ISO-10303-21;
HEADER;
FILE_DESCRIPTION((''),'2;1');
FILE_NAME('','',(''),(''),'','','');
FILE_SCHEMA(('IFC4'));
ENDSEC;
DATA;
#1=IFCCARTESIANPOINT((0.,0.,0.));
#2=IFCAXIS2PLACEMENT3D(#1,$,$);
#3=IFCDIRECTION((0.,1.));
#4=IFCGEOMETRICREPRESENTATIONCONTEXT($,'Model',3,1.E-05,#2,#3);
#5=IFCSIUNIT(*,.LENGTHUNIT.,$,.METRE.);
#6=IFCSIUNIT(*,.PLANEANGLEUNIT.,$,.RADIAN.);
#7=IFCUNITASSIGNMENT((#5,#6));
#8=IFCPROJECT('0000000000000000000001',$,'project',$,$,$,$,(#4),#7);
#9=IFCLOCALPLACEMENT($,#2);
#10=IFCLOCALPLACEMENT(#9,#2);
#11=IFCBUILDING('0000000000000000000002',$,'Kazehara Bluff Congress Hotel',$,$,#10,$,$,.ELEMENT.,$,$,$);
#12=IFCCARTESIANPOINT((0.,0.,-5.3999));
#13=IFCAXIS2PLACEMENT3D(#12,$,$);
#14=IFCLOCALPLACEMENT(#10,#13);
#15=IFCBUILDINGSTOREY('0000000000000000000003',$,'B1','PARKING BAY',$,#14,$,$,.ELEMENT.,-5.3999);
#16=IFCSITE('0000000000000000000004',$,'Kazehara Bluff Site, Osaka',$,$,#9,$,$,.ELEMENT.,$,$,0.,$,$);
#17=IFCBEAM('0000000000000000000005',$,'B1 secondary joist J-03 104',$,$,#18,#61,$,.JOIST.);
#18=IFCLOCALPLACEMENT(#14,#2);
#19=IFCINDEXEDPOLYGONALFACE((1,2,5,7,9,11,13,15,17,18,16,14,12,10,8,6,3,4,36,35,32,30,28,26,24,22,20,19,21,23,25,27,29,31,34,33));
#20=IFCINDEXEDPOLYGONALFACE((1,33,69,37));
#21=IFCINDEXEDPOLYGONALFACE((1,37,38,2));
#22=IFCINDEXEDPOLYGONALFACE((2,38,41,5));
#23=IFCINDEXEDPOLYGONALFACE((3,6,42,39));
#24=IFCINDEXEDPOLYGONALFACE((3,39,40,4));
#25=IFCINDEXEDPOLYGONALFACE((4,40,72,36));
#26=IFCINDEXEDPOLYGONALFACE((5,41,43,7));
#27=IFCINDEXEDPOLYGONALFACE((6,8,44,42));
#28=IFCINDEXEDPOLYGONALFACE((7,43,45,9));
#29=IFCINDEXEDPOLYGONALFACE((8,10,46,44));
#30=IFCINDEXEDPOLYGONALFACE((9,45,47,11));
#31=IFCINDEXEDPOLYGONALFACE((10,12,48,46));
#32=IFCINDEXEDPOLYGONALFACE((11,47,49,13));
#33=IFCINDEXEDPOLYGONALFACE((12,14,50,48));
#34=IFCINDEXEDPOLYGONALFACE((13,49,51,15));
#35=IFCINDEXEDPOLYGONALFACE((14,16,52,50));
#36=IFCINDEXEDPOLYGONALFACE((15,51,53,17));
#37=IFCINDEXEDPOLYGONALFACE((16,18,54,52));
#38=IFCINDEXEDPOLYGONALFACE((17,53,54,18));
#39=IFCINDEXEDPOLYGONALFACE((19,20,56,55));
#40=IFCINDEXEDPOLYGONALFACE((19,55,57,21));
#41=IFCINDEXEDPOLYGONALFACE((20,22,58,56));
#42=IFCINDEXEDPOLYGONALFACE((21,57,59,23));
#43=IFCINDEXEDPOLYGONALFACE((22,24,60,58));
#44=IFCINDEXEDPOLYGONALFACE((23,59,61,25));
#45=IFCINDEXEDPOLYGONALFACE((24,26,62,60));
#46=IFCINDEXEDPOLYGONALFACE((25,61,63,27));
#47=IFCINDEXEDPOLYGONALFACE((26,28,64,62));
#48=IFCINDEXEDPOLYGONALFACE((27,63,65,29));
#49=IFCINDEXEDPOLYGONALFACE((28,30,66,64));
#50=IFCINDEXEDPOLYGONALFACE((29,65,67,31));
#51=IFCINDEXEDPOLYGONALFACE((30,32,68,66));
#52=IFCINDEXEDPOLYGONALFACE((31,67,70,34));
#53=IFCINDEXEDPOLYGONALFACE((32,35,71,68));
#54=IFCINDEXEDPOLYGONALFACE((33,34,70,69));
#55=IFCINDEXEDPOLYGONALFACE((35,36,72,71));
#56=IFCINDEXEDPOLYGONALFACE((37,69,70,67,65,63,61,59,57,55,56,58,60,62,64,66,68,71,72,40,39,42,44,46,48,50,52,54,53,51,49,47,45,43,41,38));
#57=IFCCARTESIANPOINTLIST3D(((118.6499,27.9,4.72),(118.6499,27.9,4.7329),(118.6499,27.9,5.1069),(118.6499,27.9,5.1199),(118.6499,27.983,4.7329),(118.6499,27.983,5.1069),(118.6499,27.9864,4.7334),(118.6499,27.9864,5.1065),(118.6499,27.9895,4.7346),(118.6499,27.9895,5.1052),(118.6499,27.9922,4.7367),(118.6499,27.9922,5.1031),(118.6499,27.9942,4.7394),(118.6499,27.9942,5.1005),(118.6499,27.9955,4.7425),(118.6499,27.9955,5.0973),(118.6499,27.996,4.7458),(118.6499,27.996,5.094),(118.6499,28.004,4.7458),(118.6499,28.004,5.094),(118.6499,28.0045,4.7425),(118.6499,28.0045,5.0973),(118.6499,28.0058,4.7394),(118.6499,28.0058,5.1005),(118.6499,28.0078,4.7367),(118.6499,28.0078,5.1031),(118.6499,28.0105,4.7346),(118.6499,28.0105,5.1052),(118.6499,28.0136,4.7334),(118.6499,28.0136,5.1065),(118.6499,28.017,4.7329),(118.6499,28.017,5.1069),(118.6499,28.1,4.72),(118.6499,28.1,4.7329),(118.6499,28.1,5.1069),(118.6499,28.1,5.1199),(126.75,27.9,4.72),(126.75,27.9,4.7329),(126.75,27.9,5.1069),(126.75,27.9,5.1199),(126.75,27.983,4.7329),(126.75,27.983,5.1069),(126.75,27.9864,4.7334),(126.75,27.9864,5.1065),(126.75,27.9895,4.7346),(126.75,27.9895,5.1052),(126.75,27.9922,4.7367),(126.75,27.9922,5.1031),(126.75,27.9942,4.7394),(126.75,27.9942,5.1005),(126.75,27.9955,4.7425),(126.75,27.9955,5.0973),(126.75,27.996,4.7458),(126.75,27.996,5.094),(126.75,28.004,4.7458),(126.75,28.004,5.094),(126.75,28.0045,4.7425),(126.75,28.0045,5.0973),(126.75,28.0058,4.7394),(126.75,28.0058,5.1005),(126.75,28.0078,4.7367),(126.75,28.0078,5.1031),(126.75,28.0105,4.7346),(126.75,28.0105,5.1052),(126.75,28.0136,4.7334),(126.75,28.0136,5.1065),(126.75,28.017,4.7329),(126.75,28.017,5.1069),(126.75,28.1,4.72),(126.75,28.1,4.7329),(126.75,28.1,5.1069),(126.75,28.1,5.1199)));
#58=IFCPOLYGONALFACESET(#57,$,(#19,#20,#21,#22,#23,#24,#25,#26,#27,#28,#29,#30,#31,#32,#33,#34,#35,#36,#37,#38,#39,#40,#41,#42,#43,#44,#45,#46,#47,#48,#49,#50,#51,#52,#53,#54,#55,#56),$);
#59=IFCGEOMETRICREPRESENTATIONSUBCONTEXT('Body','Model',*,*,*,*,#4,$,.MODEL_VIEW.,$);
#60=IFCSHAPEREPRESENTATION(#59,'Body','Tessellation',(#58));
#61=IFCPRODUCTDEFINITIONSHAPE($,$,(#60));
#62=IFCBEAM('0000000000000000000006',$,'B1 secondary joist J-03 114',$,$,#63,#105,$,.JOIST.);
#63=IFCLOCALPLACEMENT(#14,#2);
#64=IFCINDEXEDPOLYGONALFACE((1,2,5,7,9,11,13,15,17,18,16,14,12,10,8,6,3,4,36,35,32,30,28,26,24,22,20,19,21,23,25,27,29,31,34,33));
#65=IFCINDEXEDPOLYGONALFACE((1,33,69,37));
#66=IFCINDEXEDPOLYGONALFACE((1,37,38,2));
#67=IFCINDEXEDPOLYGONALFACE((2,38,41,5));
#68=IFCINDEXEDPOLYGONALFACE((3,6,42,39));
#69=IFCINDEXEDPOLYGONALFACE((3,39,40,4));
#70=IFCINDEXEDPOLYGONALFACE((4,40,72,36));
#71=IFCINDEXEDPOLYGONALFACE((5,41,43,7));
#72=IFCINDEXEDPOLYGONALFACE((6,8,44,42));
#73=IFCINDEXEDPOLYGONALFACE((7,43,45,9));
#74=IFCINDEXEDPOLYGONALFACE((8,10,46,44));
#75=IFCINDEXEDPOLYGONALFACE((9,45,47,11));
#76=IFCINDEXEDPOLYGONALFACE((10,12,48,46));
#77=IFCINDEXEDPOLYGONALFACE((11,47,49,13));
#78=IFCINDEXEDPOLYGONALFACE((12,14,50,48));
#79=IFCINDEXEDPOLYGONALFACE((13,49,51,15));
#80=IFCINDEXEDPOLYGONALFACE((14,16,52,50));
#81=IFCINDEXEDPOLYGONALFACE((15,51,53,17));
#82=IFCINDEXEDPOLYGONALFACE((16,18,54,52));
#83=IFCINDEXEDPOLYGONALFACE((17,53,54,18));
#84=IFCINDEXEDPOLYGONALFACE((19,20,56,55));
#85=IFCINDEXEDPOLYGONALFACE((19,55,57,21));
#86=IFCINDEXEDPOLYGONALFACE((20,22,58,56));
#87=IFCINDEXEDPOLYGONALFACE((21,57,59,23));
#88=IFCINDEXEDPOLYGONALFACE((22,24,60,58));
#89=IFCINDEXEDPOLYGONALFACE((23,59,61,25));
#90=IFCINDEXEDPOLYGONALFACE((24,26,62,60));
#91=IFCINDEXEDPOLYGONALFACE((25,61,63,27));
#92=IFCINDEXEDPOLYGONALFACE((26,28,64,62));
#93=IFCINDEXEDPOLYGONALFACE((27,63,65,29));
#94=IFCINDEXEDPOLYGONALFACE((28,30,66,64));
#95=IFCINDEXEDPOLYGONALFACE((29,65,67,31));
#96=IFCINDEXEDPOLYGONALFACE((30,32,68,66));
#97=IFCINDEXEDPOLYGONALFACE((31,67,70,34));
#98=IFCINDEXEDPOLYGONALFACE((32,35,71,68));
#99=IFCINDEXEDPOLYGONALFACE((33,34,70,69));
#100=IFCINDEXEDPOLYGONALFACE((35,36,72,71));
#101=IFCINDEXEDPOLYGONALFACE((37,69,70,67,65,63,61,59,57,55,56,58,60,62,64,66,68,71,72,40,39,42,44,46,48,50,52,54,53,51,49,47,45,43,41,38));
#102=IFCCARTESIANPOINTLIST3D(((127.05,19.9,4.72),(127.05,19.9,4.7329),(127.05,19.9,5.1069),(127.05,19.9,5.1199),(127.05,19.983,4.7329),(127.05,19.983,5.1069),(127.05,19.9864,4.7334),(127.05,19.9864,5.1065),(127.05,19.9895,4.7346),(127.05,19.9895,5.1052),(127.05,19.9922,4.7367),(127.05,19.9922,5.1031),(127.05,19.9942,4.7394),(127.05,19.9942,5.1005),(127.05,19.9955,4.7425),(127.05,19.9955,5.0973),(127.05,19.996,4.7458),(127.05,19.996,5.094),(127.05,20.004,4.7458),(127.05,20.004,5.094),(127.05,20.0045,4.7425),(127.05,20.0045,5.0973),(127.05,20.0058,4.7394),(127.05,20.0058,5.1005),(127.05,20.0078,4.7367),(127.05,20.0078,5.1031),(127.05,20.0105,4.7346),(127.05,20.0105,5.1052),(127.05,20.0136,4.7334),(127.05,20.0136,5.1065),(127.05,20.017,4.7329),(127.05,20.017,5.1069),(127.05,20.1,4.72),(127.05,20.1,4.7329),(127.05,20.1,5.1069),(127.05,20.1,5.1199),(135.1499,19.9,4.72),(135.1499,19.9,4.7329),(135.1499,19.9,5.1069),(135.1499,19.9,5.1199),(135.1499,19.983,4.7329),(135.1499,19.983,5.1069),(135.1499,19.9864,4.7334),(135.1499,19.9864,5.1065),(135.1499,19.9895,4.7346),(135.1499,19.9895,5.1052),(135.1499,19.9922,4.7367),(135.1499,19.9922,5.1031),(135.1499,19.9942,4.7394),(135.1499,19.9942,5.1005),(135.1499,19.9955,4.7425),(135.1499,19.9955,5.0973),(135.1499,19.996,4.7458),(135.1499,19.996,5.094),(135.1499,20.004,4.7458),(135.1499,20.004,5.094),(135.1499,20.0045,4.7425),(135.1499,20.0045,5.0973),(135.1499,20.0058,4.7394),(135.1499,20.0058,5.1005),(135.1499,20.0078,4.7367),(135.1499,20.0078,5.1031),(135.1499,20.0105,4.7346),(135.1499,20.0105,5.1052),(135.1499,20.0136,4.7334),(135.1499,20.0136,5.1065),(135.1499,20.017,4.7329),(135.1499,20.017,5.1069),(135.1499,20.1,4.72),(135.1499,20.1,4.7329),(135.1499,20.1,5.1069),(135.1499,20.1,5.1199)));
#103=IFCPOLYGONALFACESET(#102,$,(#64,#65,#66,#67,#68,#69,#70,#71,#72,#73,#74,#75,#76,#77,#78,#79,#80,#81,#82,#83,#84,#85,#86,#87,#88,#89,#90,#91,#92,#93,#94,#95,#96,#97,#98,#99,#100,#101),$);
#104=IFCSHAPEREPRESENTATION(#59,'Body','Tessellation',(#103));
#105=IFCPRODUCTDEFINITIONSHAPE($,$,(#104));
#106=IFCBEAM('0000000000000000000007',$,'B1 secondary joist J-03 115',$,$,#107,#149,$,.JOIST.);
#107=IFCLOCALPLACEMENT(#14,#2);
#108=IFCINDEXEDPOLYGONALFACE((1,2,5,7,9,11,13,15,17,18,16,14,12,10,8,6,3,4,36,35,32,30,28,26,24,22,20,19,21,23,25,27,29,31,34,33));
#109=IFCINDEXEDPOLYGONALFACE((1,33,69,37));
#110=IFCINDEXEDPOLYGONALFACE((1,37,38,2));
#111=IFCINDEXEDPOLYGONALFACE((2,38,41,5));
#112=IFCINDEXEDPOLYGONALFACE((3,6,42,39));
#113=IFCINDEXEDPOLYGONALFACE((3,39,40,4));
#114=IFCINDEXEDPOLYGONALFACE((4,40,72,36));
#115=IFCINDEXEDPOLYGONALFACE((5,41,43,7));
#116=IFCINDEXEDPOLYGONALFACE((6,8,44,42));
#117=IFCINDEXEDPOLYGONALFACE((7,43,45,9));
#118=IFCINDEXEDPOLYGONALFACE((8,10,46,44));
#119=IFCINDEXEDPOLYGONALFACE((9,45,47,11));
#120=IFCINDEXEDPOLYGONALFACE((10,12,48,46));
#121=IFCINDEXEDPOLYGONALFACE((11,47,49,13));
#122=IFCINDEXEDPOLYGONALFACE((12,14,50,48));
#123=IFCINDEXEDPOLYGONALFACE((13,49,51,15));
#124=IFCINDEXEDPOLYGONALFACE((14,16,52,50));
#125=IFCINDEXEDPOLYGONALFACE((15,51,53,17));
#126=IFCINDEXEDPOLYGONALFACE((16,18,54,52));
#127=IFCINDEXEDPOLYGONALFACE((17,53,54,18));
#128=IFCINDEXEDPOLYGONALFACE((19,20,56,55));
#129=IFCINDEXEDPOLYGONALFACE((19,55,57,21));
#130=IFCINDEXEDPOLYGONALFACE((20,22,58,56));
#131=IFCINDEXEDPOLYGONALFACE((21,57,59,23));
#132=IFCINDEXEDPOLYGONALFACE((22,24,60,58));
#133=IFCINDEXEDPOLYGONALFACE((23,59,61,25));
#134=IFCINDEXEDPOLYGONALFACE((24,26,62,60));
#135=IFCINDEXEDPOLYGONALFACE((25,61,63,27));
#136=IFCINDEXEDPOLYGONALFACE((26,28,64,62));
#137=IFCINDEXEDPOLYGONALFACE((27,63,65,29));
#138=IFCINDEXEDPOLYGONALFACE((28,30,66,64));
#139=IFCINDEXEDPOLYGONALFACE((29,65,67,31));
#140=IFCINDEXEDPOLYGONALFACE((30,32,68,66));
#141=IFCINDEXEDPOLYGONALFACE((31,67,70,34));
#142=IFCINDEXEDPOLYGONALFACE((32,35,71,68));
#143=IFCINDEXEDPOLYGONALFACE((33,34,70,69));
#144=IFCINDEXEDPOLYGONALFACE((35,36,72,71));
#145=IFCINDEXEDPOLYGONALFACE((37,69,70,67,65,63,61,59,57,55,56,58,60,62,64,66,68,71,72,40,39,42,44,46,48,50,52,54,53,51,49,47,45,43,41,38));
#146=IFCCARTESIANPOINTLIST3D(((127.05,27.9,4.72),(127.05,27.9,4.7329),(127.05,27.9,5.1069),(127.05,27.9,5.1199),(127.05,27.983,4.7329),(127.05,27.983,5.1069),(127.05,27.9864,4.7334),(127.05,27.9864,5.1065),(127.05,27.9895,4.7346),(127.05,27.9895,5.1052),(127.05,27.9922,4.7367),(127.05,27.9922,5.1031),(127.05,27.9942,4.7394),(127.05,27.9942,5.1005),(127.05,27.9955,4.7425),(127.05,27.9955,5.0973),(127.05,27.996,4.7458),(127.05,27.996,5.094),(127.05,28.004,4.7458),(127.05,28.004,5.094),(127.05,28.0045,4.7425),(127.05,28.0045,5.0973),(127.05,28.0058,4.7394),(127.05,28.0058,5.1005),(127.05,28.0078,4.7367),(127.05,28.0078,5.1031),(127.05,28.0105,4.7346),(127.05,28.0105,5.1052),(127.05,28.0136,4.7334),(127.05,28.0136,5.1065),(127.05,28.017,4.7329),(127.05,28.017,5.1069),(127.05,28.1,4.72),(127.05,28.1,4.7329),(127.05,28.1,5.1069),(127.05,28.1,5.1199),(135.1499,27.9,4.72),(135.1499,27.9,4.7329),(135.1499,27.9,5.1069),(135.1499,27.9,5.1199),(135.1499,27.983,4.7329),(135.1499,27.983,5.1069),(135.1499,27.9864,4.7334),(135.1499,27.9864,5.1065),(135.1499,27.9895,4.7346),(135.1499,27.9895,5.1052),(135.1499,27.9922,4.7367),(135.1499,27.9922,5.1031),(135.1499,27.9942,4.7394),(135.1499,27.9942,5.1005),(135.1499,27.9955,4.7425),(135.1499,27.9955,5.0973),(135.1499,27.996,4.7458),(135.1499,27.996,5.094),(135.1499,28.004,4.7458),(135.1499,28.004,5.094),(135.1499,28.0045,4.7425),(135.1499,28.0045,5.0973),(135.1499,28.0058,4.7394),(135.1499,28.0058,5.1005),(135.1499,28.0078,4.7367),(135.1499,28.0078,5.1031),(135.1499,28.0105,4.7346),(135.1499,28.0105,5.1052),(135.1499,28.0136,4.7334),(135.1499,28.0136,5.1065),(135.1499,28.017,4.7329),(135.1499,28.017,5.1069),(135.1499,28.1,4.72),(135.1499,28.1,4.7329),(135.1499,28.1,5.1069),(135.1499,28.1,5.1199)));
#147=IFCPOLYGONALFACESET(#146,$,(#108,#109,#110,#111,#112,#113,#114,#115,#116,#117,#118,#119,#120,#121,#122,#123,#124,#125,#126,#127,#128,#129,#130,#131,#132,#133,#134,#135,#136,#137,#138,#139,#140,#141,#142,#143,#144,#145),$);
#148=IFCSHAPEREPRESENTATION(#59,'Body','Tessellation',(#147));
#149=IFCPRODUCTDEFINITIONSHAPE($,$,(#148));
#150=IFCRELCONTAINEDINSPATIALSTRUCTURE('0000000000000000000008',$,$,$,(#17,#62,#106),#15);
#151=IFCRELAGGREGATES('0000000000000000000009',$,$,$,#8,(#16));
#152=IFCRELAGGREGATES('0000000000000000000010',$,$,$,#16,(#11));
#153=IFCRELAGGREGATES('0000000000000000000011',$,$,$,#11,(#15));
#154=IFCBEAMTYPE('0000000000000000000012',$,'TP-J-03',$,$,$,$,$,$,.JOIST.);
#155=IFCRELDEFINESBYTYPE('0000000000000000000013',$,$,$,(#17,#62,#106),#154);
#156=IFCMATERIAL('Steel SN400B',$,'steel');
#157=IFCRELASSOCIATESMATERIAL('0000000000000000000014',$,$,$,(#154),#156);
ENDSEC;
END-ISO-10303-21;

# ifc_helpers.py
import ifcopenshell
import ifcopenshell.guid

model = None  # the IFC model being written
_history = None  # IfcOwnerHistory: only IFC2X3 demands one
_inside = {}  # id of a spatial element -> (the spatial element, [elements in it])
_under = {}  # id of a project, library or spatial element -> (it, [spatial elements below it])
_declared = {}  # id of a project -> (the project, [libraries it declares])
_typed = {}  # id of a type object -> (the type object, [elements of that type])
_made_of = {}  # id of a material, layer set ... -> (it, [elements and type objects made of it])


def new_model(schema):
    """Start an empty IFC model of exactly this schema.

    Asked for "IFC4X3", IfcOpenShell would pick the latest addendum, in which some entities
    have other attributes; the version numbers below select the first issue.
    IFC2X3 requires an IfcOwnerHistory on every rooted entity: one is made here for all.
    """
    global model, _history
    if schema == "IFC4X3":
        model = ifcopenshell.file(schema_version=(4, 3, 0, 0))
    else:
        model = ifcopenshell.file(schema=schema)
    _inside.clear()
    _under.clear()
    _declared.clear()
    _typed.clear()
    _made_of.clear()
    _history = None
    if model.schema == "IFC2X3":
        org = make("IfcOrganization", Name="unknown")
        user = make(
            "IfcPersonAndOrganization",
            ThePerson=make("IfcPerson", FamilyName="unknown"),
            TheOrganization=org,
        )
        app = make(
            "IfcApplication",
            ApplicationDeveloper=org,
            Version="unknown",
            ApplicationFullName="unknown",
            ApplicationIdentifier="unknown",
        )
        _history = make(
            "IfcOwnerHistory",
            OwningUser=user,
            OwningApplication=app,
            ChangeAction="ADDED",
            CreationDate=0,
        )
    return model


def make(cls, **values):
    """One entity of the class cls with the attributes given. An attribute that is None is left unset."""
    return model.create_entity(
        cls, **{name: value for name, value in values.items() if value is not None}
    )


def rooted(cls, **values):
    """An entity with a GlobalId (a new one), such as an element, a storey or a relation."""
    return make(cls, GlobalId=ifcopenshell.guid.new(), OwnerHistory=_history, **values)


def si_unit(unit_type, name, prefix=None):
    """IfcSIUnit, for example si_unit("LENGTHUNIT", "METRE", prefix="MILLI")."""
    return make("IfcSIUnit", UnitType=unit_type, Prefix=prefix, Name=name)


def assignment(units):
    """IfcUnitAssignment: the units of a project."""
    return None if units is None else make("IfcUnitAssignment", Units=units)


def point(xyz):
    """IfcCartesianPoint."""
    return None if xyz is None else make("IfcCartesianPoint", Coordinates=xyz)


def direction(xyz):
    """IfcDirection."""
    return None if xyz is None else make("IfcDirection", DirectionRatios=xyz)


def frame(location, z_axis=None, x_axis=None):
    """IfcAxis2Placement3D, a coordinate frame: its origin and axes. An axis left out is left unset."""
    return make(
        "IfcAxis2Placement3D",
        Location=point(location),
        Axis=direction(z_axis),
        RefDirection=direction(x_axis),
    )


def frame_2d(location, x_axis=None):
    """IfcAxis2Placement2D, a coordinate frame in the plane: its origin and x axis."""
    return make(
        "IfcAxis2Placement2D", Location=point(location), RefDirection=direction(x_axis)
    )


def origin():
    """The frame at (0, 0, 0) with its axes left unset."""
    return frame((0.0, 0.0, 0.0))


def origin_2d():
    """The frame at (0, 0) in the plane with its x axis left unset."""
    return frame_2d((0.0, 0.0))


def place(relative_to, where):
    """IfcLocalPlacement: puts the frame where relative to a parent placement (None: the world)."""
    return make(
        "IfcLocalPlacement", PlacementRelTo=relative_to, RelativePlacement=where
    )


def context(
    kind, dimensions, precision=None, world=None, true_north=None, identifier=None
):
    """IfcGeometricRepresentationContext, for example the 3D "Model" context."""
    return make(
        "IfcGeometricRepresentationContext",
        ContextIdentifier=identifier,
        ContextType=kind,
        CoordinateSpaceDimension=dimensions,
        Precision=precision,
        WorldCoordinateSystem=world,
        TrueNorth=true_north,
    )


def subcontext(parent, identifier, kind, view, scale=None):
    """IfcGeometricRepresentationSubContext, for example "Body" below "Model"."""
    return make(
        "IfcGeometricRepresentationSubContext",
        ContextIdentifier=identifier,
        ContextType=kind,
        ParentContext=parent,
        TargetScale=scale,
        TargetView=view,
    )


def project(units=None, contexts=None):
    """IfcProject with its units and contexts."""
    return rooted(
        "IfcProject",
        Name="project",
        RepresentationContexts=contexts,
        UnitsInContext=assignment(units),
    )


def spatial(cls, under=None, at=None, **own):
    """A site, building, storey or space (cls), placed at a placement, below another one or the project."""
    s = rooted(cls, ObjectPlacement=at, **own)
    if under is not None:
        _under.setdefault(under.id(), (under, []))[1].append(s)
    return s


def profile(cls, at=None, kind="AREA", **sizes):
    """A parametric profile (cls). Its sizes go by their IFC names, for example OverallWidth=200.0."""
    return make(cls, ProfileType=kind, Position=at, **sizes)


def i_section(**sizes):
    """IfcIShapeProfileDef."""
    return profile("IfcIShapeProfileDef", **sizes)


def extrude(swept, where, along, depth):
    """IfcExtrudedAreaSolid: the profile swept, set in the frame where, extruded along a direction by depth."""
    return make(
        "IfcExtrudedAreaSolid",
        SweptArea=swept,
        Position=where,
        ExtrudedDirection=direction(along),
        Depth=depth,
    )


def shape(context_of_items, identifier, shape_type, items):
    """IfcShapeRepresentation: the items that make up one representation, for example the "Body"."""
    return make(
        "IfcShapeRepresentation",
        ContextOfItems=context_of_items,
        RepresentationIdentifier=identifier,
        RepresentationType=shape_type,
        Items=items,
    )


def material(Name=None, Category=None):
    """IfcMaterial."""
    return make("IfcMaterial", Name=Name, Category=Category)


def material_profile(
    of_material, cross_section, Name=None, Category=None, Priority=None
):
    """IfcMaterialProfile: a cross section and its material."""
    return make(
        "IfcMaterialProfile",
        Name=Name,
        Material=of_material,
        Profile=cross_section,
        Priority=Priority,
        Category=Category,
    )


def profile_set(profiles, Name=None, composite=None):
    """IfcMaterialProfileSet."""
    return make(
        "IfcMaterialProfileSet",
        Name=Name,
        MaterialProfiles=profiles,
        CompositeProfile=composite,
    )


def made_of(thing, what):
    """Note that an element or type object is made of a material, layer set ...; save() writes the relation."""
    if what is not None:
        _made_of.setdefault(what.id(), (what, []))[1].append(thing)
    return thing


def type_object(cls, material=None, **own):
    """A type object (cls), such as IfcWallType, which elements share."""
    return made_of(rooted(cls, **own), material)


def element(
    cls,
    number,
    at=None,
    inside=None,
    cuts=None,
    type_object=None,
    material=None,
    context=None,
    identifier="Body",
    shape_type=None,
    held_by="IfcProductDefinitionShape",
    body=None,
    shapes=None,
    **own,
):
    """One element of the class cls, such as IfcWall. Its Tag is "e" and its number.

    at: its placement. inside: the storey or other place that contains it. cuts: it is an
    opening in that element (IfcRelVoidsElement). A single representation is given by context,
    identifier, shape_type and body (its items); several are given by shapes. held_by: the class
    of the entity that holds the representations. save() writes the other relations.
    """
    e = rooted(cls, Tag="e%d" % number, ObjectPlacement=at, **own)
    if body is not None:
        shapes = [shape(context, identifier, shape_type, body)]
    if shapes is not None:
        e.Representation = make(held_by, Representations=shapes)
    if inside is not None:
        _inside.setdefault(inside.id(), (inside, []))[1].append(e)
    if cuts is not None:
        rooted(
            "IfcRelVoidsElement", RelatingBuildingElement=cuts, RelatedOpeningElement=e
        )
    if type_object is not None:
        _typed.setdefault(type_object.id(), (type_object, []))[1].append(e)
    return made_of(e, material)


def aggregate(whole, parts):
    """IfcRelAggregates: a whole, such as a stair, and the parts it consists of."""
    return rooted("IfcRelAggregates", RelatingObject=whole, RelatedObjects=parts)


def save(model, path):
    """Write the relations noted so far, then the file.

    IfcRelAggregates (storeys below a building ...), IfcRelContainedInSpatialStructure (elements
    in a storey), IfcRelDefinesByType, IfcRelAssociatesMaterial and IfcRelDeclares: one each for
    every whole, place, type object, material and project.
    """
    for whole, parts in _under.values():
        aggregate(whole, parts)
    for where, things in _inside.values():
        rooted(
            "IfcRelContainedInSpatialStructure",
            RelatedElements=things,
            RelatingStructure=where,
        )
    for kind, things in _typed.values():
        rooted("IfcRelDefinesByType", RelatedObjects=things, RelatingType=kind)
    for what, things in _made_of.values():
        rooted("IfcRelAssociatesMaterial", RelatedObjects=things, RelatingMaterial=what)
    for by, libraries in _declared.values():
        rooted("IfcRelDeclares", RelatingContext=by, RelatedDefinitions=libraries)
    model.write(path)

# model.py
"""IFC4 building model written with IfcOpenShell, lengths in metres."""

from ifc_helpers import new_model, si_unit, direction, frame, origin, origin_2d, place, context, subcontext, project, spatial, i_section, extrude, material, material_profile, profile_set, type_object, element, save


model = new_model("IFC4")

# Units and contexts
model_context = context("Model", 3, precision=1e-05, world=origin(), true_north=direction((0.0, 1.0)))
body_context = subcontext(model_context, "Body", "Model", "MODEL_VIEW")
ifc_project = project(units=[si_unit("LENGTHUNIT", "METRE"), si_unit("PLANEANGLEUNIT", "RADIAN")], contexts=[model_context])

# Site, building, storey
site_placement = place(None, origin())
site = spatial("IfcSite", under=ifc_project, at=site_placement, Name="Kazehara Bluff Site, Osaka", CompositionType="ELEMENT", RefElevation=0.0)
building_placement = place(site_placement, origin())
building = spatial("IfcBuilding", under=site, at=building_placement, Name="Kazehara Bluff Congress Hotel", CompositionType="ELEMENT")
storey_placement = place(building_placement, frame((0.0, 0.0, -5.3999)))
storey = spatial("IfcBuildingStorey", under=building, at=storey_placement, Name="B1", Description="PARKING BAY", CompositionType="ELEMENT", Elevation=-5.3999)

# Beams
ifc_material_1 = material(Name="Steel SN400B", Category="steel")
ifc_material_profile_1 = material_profile(ifc_material_1, i_section(OverallWidth=0.2, OverallDepth=0.3999, WebThickness=0.0081, FlangeThickness=0.0129, FilletRadius=0.0129, at=origin_2d()))
ifc_profile_set_1 = profile_set([ifc_material_profile_1], Name="Steel SN400B")
beam_type_1 = type_object("IfcBeamType", Name="TP-J-03", PredefinedType="JOIST", material=ifc_profile_set_1)
for number, where, z_axis, x_axis, name in (
    (1, (118.6499, 28.0, 4.9199), (1.0, 0.0, 0.0), (0.0, 1.0, 0.0), "B1 secondary joist J-03 104"),
):
    element("IfcBeam", number, at=place(storey_placement, frame(where, z_axis=z_axis, x_axis=x_axis)), inside=storey, type_object=beam_type_1, Name=name, PredefinedType="JOIST", context=body_context, shape_type="SweptSolid", body=[
        extrude(i_section(OverallWidth=0.2, OverallDepth=0.3999, WebThickness=0.0081, FlangeThickness=0.0129, FilletRadius=0.0129, at=origin_2d()), origin(), (0.0, 0.0, 1.0), 8.1001),
    ])
for number, where, z_axis, x_axis, name in (
    (2, (127.05, 20.0, 4.9199), (1.0, 0.0, 0.0), (0.0, 1.0, 0.0), "B1 secondary joist J-03 114"),
    (3, (127.05, 28.0, 4.9199), (1.0, 0.0, 0.0), (0.0, 1.0, 0.0), "B1 secondary joist J-03 115"),
):
    element("IfcBeam", number, at=place(storey_placement, frame(where, z_axis=z_axis, x_axis=x_axis)), inside=storey, type_object=beam_type_1, Name=name, PredefinedType="JOIST", context=body_context, shape_type="SweptSolid", body=[
        extrude(i_section(OverallWidth=0.2, OverallDepth=0.3999, WebThickness=0.0081, FlangeThickness=0.0129, FilletRadius=0.0129, at=origin_2d()), origin(), (0.0, 0.0, 1.0), 8.0999),
    ])

save(model, "model.ifc")
